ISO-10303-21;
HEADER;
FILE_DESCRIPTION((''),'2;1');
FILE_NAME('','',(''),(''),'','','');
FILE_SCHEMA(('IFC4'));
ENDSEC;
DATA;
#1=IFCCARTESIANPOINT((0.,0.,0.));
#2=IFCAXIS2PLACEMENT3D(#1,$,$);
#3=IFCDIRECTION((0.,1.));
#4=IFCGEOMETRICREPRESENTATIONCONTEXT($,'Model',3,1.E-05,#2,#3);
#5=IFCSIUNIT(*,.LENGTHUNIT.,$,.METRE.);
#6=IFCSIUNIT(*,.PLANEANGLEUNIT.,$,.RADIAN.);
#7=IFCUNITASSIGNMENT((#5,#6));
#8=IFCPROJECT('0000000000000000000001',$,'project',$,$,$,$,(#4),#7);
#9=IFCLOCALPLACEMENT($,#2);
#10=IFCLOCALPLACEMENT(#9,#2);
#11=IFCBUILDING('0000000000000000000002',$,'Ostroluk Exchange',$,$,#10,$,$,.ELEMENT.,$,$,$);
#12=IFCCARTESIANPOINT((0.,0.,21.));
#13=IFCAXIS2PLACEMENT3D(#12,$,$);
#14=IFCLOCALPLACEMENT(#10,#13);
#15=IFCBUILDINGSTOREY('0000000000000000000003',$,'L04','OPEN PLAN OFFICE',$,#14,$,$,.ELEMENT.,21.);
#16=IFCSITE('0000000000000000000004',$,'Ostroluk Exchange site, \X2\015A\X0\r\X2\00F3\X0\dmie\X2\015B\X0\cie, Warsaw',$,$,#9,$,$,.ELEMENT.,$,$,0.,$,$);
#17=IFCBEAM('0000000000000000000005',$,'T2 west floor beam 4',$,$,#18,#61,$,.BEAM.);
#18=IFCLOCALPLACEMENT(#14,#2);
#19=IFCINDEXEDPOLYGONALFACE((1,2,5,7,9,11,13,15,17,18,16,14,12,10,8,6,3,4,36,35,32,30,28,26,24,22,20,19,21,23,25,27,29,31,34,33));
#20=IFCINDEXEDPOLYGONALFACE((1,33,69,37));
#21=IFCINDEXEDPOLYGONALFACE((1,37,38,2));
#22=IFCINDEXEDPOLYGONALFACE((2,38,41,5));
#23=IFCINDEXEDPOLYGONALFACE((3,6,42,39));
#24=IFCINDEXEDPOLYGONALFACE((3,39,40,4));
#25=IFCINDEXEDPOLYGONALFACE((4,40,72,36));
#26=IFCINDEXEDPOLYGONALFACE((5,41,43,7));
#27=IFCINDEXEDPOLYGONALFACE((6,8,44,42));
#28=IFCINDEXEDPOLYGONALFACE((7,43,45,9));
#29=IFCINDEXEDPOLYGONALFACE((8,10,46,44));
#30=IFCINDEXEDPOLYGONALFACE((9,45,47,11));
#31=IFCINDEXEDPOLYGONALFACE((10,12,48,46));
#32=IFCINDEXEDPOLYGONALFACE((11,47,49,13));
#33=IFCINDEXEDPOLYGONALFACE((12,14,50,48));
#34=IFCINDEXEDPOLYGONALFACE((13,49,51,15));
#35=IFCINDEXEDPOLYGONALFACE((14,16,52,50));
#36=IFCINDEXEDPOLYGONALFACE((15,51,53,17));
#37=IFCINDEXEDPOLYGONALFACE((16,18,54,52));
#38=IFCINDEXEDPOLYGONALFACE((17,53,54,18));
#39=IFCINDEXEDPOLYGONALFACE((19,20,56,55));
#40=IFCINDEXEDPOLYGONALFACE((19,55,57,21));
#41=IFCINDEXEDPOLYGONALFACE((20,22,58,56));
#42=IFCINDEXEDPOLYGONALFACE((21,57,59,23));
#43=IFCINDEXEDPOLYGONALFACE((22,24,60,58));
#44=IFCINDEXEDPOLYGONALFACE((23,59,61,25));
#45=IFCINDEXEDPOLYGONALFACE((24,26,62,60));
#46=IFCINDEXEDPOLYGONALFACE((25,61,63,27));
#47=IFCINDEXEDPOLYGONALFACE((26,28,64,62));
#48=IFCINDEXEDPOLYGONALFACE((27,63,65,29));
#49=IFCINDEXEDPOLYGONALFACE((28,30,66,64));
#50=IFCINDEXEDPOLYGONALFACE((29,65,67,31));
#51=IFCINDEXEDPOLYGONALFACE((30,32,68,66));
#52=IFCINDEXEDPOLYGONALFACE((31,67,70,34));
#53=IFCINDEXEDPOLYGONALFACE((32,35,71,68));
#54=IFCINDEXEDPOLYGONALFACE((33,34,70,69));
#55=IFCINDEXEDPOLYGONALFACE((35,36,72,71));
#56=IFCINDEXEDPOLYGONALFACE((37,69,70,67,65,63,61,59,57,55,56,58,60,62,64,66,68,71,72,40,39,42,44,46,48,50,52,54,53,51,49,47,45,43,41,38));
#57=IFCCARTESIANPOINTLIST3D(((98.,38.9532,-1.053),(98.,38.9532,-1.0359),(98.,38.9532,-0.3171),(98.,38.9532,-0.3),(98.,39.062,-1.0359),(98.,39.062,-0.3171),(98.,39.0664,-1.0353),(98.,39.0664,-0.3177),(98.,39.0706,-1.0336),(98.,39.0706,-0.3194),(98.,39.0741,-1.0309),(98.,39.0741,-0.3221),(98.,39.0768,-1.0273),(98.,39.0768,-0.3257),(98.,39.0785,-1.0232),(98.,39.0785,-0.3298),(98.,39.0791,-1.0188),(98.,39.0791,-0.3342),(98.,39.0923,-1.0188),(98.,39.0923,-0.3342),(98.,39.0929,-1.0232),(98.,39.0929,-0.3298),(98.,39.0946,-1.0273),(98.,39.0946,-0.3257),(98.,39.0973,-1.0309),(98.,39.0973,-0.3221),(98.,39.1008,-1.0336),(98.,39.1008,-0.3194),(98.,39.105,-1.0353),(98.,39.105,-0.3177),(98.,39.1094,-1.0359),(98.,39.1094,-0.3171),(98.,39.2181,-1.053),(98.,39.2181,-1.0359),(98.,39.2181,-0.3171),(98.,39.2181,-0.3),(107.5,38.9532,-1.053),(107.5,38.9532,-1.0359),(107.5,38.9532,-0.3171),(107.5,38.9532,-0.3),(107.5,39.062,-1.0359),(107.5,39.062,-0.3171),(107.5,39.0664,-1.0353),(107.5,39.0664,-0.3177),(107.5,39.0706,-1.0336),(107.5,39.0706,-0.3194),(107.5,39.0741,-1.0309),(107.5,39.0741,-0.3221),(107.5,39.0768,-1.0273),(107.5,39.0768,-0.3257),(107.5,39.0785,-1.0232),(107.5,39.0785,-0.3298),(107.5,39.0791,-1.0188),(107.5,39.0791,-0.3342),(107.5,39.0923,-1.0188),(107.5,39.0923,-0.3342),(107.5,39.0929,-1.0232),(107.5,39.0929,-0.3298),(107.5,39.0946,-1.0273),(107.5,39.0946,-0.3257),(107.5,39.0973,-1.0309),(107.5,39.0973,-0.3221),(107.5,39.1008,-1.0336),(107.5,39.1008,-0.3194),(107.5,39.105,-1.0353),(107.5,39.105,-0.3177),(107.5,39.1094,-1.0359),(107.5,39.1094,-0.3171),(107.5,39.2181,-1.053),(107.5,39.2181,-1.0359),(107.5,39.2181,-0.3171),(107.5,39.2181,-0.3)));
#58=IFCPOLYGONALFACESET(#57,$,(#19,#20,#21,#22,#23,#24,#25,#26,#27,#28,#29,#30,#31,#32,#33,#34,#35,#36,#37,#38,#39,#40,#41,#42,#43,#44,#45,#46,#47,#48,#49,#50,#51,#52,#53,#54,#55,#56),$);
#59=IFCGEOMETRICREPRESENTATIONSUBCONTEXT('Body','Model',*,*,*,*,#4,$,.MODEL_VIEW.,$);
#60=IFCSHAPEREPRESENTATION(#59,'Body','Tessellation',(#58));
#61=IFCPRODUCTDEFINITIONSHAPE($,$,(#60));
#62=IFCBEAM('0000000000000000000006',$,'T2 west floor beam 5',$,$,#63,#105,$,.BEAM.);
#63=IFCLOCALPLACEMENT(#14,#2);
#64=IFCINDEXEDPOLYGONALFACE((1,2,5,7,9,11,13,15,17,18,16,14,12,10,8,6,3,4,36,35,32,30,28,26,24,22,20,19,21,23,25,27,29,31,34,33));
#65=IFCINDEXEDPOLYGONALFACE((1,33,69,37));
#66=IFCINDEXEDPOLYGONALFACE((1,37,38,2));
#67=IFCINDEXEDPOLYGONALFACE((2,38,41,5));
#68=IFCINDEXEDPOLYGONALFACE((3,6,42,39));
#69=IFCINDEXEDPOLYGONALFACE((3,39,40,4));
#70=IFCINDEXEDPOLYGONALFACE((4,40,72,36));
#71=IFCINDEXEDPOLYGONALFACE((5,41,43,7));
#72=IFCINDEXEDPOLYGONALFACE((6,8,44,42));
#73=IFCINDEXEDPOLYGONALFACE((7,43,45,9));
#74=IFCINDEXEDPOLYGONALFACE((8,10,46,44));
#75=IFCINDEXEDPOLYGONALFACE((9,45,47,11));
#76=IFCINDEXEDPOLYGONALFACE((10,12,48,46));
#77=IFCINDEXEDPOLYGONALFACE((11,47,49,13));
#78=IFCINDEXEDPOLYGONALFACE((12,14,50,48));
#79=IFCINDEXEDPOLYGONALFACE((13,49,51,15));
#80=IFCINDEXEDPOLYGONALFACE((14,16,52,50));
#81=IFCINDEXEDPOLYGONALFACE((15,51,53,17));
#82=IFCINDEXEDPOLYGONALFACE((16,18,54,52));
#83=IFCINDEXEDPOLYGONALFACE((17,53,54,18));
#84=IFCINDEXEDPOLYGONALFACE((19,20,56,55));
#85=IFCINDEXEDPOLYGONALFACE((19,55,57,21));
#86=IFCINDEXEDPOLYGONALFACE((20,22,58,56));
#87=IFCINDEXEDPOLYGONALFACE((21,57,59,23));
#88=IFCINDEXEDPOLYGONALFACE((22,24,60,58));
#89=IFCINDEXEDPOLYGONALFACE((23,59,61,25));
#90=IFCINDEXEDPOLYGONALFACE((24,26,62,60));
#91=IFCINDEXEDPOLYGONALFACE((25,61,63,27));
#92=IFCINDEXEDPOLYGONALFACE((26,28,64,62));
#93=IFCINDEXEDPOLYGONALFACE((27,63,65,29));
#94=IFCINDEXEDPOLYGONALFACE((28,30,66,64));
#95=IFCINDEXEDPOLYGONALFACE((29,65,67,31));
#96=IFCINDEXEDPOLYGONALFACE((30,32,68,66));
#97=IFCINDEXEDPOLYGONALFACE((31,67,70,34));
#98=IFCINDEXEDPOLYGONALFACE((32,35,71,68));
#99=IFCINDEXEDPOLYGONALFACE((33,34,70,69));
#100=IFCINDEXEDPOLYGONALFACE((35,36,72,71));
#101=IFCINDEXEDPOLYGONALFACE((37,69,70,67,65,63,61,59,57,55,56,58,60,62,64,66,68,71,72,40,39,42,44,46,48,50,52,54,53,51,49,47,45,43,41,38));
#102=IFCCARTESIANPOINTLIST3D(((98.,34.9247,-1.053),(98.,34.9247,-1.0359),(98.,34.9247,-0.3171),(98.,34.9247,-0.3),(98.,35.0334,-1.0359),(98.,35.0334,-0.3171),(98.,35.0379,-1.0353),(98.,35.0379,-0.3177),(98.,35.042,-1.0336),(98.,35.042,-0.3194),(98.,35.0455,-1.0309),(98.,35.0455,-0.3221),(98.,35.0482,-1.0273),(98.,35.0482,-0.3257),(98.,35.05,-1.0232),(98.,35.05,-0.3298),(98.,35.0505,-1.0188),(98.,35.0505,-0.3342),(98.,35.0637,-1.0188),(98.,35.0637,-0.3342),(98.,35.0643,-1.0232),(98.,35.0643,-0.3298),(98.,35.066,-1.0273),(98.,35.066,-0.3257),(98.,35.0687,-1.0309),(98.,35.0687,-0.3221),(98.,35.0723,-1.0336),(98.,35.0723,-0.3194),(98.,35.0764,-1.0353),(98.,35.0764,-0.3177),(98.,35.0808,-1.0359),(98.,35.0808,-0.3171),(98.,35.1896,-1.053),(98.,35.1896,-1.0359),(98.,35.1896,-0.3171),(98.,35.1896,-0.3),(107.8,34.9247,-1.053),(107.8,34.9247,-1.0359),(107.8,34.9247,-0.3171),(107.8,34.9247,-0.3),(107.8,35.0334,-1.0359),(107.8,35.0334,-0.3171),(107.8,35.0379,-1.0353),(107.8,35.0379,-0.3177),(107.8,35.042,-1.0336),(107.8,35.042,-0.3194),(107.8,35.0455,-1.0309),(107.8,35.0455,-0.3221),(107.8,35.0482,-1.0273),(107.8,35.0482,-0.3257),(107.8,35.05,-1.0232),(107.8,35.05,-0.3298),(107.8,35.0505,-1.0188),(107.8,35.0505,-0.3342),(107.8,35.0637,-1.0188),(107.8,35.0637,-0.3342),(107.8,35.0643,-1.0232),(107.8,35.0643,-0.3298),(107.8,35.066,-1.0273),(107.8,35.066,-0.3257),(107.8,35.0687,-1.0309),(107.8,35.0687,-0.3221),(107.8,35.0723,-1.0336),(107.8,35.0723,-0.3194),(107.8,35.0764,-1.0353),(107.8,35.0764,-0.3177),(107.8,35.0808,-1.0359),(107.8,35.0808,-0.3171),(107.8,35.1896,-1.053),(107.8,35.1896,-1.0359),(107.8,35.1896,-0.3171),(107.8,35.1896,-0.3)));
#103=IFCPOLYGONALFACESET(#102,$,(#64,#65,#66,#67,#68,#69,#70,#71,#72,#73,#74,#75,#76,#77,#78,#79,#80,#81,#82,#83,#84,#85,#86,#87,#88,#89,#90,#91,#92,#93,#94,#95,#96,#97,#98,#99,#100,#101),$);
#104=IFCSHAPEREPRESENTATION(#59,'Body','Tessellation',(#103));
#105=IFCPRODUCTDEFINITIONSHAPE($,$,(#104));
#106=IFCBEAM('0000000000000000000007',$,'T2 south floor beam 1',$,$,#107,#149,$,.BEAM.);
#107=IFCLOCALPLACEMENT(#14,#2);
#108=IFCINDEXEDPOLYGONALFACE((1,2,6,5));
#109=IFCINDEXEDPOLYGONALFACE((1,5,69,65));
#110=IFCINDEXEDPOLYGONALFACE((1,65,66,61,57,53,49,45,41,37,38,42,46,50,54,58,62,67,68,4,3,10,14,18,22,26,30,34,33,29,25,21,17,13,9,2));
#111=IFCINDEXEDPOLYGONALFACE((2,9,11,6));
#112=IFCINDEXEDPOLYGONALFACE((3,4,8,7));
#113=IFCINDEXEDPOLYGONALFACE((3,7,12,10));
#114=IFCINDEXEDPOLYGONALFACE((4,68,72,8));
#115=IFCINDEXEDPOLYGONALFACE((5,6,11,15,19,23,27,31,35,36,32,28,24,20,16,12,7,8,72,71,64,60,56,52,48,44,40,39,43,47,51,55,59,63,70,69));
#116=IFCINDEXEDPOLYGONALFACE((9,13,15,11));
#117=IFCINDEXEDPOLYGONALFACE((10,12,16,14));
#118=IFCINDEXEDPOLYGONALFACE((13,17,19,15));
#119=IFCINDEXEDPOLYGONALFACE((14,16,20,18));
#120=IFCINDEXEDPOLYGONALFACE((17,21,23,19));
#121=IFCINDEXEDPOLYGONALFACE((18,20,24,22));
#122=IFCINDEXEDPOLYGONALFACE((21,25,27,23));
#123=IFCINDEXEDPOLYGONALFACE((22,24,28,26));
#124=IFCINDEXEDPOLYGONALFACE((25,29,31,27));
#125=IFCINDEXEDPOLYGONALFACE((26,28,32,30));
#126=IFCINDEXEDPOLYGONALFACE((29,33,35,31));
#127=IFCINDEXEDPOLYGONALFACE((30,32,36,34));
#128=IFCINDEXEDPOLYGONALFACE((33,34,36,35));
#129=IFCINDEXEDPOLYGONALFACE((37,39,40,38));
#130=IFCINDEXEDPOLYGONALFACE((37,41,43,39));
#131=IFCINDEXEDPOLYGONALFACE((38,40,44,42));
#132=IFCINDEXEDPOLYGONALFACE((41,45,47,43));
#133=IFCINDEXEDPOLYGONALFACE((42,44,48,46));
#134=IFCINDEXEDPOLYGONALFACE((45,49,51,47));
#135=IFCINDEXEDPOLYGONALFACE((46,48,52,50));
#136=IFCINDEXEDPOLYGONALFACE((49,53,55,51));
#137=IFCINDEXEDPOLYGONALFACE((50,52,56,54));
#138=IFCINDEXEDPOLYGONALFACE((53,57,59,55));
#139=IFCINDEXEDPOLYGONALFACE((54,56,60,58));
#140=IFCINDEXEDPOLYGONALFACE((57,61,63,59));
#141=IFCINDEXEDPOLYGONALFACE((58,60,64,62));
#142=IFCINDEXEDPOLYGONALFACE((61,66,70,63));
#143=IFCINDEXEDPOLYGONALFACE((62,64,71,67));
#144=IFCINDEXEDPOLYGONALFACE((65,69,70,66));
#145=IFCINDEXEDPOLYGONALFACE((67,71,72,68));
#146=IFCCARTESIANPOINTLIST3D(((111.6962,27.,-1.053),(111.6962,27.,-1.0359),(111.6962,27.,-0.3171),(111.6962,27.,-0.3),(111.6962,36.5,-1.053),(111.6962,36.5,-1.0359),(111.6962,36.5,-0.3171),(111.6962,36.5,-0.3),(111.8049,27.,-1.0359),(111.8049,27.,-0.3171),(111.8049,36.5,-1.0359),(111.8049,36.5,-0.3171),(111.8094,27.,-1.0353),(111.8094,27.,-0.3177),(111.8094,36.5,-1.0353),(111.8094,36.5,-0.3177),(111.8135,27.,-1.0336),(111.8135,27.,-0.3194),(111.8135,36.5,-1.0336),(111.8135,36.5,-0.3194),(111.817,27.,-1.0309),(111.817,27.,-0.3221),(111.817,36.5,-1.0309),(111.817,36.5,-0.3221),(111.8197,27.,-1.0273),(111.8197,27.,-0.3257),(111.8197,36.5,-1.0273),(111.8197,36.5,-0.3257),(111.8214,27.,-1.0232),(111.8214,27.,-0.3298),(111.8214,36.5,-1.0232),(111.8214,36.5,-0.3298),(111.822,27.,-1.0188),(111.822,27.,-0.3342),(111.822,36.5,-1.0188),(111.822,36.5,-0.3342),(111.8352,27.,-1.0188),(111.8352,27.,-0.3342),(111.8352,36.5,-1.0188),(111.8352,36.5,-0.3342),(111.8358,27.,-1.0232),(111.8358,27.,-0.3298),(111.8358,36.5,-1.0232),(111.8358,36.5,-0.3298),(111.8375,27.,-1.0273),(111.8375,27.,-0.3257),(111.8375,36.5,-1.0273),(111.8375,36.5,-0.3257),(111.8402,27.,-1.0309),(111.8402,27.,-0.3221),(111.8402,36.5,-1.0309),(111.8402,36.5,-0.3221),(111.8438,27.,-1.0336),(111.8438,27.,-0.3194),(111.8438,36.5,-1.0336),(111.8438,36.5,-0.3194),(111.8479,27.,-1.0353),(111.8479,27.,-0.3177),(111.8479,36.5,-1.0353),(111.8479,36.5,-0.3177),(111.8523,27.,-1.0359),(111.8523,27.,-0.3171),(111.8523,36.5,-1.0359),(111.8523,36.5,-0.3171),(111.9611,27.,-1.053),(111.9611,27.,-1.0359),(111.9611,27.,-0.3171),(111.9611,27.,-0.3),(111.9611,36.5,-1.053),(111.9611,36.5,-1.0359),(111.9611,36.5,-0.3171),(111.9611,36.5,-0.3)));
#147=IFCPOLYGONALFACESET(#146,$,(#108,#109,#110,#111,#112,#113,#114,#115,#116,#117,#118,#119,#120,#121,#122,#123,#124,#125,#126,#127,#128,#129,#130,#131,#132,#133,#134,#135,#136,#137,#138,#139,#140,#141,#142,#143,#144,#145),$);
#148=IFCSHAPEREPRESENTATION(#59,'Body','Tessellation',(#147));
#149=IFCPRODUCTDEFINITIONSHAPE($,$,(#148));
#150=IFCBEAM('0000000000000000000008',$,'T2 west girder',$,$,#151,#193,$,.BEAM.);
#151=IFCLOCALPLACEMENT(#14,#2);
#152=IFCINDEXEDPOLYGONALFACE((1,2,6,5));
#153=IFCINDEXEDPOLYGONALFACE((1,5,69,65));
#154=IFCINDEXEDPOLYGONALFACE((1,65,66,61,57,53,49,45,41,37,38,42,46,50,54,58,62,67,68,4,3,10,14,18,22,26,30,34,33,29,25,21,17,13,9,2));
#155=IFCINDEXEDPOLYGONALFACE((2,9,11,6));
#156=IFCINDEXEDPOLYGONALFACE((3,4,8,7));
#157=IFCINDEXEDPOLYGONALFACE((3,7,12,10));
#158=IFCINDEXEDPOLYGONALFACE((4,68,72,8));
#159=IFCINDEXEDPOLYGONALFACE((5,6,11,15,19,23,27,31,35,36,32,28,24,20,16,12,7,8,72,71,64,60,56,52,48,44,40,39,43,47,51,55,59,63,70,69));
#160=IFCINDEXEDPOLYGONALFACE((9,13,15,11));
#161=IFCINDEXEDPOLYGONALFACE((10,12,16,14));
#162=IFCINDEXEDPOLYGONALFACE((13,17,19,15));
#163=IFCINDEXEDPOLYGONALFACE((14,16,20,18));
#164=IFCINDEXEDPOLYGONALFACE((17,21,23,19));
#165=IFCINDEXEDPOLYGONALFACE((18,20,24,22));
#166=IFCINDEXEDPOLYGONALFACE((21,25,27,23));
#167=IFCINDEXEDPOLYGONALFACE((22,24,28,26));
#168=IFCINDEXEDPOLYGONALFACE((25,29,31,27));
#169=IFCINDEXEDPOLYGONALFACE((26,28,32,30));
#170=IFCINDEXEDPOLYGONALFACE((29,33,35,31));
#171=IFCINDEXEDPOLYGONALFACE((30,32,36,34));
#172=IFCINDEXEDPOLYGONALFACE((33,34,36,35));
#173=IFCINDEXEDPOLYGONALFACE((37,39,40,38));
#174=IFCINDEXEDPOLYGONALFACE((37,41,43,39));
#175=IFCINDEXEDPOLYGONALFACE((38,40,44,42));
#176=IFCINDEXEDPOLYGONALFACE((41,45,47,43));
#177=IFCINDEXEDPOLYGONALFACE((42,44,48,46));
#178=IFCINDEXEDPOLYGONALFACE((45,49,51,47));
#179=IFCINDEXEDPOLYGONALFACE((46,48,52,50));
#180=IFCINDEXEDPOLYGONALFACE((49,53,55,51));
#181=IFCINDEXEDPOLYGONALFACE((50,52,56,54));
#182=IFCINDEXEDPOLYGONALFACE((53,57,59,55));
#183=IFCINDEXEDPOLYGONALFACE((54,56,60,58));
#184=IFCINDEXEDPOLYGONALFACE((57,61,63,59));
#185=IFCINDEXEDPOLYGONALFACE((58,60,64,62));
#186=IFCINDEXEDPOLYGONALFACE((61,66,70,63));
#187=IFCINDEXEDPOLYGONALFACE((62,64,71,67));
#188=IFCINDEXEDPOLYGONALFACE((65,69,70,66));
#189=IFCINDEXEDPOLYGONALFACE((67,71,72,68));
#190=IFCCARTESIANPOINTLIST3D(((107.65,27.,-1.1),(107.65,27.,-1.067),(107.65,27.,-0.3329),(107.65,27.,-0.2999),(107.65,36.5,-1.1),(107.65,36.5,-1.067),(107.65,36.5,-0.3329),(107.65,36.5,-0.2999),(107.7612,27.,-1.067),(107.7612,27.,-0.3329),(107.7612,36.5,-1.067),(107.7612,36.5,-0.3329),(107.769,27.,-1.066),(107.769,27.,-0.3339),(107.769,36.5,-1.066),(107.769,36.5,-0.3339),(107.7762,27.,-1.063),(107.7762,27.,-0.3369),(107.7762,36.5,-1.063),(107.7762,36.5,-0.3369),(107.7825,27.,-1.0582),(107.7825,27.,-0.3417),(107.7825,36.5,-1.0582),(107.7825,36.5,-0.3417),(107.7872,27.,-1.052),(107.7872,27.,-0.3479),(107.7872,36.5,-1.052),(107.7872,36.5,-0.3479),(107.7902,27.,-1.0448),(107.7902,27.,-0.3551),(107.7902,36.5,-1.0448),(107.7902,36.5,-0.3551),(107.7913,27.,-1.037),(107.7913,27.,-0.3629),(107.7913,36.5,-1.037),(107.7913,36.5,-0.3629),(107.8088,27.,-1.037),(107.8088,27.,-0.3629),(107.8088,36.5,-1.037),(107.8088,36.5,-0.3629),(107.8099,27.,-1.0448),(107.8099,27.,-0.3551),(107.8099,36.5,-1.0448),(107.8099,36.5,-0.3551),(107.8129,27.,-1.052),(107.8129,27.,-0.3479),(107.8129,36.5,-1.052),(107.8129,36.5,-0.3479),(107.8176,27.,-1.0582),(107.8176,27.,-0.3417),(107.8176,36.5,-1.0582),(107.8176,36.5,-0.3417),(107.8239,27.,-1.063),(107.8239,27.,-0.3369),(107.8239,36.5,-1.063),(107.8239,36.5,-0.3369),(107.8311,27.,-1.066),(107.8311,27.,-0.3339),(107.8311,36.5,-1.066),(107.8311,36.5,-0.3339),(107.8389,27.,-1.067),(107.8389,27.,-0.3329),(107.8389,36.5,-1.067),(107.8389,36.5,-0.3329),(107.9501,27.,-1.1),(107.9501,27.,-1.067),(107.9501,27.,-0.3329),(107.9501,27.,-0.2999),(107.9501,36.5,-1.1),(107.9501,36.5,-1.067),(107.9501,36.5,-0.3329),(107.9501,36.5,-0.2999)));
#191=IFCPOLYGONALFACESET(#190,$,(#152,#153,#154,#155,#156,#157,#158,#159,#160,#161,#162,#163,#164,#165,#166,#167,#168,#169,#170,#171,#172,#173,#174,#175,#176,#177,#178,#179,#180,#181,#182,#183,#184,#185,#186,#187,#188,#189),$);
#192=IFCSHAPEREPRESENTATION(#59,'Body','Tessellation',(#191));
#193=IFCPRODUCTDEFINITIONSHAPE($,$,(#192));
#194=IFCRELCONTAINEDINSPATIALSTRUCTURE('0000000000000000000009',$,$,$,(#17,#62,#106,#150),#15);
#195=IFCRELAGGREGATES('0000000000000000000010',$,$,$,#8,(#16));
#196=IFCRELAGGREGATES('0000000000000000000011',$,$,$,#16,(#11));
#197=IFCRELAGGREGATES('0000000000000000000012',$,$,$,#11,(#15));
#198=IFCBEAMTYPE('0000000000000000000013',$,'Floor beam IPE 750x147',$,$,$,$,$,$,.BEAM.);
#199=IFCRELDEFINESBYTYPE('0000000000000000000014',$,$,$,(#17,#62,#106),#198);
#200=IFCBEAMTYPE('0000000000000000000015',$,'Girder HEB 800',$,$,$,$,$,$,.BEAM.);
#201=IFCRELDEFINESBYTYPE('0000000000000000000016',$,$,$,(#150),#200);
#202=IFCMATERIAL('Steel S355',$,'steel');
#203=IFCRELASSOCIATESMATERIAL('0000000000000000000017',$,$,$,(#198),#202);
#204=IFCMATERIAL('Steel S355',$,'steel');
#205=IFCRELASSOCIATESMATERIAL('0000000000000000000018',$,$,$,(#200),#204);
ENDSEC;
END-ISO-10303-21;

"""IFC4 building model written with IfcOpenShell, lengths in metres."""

from ifc_helpers import new_model, si_unit, direction, frame, origin, origin_2d, place, context, subcontext, project, spatial, i_section, extrude, material, material_profile, profile_set, type_object, element, save


model = new_model("IFC4")

# Units and contexts
model_context = context("Model", 3, precision=1e-05, world=origin(), true_north=direction((0.0, 1.0)))
body_context = subcontext(model_context, "Body", "Model", "MODEL_VIEW")
ifc_project = project(units=[si_unit("LENGTHUNIT", "METRE"), si_unit("PLANEANGLEUNIT", "RADIAN")], contexts=[model_context])

# Site, building, storey
site_placement = place(None, origin())
site = spatial("IfcSite", under=ifc_project, at=site_placement, Name="Ostroluk Exchange site, Śródmieście, Warsaw", CompositionType="ELEMENT", RefElevation=0.0)
building_placement = place(site_placement, origin())
building = spatial("IfcBuilding", under=site, at=building_placement, Name="Ostroluk Exchange", CompositionType="ELEMENT")
storey_placement = place(building_placement, frame((0.0, 0.0, 21.0)))
storey = spatial("IfcBuildingStorey", under=building, at=storey_placement, Name="L04", Description="OPEN PLAN OFFICE", CompositionType="ELEMENT", Elevation=21.0)

# Beams
ifc_material_1 = material(Name="Steel S355", Category="steel")
ifc_material_profile_1 = material_profile(ifc_material_1, i_section(OverallWidth=0.2649, OverallDepth=0.7529, WebThickness=0.0132, FlangeThickness=0.0171, FilletRadius=0.0171, at=origin_2d()), Name="IPE 750x147")
ifc_profile_set_1 = profile_set([ifc_material_profile_1], Name="Steel S355")
beam_type_1 = type_object("IfcBeamType", Name="Floor beam IPE 750x147", PredefinedType="BEAM", material=ifc_profile_set_1)
for number, where, z_axis, x_axis, name in (
    (1, (107.5, 39.0857, -0.6765), (-1.0, 0.0, 0.0), (0.0, -1.0, 0.0), "T2 west floor beam 4"),
):
    element("IfcBeam", number, at=place(storey_placement, frame(where, z_axis=z_axis, x_axis=x_axis)), inside=storey, type_object=beam_type_1, Name=name, PredefinedType="BEAM", context=body_context, shape_type="SweptSolid", body=[
        extrude(i_section(OverallWidth=0.2649, OverallDepth=0.7529, WebThickness=0.0132, FlangeThickness=0.0171, FilletRadius=0.0171, at=origin_2d()), origin(), (0.0, 0.0, 1.0), 9.5),
    ])
beam_1_placement = place(storey_placement, frame((107.8, 35.0571, -0.6765), z_axis=(-1.0, 0.0, 0.0), x_axis=(0.0, -1.0, 0.0)))
element("IfcBeam", 2, at=beam_1_placement, inside=storey, type_object=beam_type_1, Name="T2 west floor beam 5", PredefinedType="BEAM", context=body_context, shape_type="SweptSolid", body=[
    extrude(i_section(OverallWidth=0.2649, OverallDepth=0.7529, WebThickness=0.0132, FlangeThickness=0.0171, FilletRadius=0.0171, at=origin_2d()), origin(), (0.0, 0.0, 1.0), 9.8),
])
beam_2_placement = place(storey_placement, frame((111.8286, 36.5, -0.6765), z_axis=(0.0, -1.0, 0.0), x_axis=(1.0, 0.0, 0.0)))
element("IfcBeam", 3, at=beam_2_placement, inside=storey, type_object=beam_type_1, Name="T2 south floor beam 1", PredefinedType="BEAM", context=body_context, shape_type="SweptSolid", body=[
    extrude(i_section(OverallWidth=0.2649, OverallDepth=0.7529, WebThickness=0.0132, FlangeThickness=0.0171, FilletRadius=0.0171, at=origin_2d()), origin(), (0.0, 0.0, 1.0), 9.5),
])
ifc_material_2 = material(Name="Steel S355", Category="steel")
ifc_material_profile_2 = material_profile(ifc_material_2, i_section(OverallWidth=0.3, OverallDepth=0.8, WebThickness=0.0176, FlangeThickness=0.033, FilletRadius=0.03, at=origin_2d()), Name="HEB 800")
ifc_profile_set_2 = profile_set([ifc_material_profile_2], Name="Steel S355")
beam_type_2 = type_object("IfcBeamType", Name="Girder HEB 800", PredefinedType="BEAM", material=ifc_profile_set_2)
beam_3_placement = place(storey_placement, frame((107.8, 36.5, -0.7), z_axis=(0.0, -1.0, 0.0), x_axis=(1.0, 0.0, 0.0)))
element("IfcBeam", 4, at=beam_3_placement, inside=storey, type_object=beam_type_2, Name="T2 west girder", PredefinedType="BEAM", context=body_context, shape_type="SweptSolid", body=[
    extrude(i_section(OverallWidth=0.3, OverallDepth=0.8, WebThickness=0.0176, FlangeThickness=0.033, FilletRadius=0.03, at=origin_2d()), origin(), (0.0, 0.0, 1.0), 9.5),
])

save(model, "model.ifc")
